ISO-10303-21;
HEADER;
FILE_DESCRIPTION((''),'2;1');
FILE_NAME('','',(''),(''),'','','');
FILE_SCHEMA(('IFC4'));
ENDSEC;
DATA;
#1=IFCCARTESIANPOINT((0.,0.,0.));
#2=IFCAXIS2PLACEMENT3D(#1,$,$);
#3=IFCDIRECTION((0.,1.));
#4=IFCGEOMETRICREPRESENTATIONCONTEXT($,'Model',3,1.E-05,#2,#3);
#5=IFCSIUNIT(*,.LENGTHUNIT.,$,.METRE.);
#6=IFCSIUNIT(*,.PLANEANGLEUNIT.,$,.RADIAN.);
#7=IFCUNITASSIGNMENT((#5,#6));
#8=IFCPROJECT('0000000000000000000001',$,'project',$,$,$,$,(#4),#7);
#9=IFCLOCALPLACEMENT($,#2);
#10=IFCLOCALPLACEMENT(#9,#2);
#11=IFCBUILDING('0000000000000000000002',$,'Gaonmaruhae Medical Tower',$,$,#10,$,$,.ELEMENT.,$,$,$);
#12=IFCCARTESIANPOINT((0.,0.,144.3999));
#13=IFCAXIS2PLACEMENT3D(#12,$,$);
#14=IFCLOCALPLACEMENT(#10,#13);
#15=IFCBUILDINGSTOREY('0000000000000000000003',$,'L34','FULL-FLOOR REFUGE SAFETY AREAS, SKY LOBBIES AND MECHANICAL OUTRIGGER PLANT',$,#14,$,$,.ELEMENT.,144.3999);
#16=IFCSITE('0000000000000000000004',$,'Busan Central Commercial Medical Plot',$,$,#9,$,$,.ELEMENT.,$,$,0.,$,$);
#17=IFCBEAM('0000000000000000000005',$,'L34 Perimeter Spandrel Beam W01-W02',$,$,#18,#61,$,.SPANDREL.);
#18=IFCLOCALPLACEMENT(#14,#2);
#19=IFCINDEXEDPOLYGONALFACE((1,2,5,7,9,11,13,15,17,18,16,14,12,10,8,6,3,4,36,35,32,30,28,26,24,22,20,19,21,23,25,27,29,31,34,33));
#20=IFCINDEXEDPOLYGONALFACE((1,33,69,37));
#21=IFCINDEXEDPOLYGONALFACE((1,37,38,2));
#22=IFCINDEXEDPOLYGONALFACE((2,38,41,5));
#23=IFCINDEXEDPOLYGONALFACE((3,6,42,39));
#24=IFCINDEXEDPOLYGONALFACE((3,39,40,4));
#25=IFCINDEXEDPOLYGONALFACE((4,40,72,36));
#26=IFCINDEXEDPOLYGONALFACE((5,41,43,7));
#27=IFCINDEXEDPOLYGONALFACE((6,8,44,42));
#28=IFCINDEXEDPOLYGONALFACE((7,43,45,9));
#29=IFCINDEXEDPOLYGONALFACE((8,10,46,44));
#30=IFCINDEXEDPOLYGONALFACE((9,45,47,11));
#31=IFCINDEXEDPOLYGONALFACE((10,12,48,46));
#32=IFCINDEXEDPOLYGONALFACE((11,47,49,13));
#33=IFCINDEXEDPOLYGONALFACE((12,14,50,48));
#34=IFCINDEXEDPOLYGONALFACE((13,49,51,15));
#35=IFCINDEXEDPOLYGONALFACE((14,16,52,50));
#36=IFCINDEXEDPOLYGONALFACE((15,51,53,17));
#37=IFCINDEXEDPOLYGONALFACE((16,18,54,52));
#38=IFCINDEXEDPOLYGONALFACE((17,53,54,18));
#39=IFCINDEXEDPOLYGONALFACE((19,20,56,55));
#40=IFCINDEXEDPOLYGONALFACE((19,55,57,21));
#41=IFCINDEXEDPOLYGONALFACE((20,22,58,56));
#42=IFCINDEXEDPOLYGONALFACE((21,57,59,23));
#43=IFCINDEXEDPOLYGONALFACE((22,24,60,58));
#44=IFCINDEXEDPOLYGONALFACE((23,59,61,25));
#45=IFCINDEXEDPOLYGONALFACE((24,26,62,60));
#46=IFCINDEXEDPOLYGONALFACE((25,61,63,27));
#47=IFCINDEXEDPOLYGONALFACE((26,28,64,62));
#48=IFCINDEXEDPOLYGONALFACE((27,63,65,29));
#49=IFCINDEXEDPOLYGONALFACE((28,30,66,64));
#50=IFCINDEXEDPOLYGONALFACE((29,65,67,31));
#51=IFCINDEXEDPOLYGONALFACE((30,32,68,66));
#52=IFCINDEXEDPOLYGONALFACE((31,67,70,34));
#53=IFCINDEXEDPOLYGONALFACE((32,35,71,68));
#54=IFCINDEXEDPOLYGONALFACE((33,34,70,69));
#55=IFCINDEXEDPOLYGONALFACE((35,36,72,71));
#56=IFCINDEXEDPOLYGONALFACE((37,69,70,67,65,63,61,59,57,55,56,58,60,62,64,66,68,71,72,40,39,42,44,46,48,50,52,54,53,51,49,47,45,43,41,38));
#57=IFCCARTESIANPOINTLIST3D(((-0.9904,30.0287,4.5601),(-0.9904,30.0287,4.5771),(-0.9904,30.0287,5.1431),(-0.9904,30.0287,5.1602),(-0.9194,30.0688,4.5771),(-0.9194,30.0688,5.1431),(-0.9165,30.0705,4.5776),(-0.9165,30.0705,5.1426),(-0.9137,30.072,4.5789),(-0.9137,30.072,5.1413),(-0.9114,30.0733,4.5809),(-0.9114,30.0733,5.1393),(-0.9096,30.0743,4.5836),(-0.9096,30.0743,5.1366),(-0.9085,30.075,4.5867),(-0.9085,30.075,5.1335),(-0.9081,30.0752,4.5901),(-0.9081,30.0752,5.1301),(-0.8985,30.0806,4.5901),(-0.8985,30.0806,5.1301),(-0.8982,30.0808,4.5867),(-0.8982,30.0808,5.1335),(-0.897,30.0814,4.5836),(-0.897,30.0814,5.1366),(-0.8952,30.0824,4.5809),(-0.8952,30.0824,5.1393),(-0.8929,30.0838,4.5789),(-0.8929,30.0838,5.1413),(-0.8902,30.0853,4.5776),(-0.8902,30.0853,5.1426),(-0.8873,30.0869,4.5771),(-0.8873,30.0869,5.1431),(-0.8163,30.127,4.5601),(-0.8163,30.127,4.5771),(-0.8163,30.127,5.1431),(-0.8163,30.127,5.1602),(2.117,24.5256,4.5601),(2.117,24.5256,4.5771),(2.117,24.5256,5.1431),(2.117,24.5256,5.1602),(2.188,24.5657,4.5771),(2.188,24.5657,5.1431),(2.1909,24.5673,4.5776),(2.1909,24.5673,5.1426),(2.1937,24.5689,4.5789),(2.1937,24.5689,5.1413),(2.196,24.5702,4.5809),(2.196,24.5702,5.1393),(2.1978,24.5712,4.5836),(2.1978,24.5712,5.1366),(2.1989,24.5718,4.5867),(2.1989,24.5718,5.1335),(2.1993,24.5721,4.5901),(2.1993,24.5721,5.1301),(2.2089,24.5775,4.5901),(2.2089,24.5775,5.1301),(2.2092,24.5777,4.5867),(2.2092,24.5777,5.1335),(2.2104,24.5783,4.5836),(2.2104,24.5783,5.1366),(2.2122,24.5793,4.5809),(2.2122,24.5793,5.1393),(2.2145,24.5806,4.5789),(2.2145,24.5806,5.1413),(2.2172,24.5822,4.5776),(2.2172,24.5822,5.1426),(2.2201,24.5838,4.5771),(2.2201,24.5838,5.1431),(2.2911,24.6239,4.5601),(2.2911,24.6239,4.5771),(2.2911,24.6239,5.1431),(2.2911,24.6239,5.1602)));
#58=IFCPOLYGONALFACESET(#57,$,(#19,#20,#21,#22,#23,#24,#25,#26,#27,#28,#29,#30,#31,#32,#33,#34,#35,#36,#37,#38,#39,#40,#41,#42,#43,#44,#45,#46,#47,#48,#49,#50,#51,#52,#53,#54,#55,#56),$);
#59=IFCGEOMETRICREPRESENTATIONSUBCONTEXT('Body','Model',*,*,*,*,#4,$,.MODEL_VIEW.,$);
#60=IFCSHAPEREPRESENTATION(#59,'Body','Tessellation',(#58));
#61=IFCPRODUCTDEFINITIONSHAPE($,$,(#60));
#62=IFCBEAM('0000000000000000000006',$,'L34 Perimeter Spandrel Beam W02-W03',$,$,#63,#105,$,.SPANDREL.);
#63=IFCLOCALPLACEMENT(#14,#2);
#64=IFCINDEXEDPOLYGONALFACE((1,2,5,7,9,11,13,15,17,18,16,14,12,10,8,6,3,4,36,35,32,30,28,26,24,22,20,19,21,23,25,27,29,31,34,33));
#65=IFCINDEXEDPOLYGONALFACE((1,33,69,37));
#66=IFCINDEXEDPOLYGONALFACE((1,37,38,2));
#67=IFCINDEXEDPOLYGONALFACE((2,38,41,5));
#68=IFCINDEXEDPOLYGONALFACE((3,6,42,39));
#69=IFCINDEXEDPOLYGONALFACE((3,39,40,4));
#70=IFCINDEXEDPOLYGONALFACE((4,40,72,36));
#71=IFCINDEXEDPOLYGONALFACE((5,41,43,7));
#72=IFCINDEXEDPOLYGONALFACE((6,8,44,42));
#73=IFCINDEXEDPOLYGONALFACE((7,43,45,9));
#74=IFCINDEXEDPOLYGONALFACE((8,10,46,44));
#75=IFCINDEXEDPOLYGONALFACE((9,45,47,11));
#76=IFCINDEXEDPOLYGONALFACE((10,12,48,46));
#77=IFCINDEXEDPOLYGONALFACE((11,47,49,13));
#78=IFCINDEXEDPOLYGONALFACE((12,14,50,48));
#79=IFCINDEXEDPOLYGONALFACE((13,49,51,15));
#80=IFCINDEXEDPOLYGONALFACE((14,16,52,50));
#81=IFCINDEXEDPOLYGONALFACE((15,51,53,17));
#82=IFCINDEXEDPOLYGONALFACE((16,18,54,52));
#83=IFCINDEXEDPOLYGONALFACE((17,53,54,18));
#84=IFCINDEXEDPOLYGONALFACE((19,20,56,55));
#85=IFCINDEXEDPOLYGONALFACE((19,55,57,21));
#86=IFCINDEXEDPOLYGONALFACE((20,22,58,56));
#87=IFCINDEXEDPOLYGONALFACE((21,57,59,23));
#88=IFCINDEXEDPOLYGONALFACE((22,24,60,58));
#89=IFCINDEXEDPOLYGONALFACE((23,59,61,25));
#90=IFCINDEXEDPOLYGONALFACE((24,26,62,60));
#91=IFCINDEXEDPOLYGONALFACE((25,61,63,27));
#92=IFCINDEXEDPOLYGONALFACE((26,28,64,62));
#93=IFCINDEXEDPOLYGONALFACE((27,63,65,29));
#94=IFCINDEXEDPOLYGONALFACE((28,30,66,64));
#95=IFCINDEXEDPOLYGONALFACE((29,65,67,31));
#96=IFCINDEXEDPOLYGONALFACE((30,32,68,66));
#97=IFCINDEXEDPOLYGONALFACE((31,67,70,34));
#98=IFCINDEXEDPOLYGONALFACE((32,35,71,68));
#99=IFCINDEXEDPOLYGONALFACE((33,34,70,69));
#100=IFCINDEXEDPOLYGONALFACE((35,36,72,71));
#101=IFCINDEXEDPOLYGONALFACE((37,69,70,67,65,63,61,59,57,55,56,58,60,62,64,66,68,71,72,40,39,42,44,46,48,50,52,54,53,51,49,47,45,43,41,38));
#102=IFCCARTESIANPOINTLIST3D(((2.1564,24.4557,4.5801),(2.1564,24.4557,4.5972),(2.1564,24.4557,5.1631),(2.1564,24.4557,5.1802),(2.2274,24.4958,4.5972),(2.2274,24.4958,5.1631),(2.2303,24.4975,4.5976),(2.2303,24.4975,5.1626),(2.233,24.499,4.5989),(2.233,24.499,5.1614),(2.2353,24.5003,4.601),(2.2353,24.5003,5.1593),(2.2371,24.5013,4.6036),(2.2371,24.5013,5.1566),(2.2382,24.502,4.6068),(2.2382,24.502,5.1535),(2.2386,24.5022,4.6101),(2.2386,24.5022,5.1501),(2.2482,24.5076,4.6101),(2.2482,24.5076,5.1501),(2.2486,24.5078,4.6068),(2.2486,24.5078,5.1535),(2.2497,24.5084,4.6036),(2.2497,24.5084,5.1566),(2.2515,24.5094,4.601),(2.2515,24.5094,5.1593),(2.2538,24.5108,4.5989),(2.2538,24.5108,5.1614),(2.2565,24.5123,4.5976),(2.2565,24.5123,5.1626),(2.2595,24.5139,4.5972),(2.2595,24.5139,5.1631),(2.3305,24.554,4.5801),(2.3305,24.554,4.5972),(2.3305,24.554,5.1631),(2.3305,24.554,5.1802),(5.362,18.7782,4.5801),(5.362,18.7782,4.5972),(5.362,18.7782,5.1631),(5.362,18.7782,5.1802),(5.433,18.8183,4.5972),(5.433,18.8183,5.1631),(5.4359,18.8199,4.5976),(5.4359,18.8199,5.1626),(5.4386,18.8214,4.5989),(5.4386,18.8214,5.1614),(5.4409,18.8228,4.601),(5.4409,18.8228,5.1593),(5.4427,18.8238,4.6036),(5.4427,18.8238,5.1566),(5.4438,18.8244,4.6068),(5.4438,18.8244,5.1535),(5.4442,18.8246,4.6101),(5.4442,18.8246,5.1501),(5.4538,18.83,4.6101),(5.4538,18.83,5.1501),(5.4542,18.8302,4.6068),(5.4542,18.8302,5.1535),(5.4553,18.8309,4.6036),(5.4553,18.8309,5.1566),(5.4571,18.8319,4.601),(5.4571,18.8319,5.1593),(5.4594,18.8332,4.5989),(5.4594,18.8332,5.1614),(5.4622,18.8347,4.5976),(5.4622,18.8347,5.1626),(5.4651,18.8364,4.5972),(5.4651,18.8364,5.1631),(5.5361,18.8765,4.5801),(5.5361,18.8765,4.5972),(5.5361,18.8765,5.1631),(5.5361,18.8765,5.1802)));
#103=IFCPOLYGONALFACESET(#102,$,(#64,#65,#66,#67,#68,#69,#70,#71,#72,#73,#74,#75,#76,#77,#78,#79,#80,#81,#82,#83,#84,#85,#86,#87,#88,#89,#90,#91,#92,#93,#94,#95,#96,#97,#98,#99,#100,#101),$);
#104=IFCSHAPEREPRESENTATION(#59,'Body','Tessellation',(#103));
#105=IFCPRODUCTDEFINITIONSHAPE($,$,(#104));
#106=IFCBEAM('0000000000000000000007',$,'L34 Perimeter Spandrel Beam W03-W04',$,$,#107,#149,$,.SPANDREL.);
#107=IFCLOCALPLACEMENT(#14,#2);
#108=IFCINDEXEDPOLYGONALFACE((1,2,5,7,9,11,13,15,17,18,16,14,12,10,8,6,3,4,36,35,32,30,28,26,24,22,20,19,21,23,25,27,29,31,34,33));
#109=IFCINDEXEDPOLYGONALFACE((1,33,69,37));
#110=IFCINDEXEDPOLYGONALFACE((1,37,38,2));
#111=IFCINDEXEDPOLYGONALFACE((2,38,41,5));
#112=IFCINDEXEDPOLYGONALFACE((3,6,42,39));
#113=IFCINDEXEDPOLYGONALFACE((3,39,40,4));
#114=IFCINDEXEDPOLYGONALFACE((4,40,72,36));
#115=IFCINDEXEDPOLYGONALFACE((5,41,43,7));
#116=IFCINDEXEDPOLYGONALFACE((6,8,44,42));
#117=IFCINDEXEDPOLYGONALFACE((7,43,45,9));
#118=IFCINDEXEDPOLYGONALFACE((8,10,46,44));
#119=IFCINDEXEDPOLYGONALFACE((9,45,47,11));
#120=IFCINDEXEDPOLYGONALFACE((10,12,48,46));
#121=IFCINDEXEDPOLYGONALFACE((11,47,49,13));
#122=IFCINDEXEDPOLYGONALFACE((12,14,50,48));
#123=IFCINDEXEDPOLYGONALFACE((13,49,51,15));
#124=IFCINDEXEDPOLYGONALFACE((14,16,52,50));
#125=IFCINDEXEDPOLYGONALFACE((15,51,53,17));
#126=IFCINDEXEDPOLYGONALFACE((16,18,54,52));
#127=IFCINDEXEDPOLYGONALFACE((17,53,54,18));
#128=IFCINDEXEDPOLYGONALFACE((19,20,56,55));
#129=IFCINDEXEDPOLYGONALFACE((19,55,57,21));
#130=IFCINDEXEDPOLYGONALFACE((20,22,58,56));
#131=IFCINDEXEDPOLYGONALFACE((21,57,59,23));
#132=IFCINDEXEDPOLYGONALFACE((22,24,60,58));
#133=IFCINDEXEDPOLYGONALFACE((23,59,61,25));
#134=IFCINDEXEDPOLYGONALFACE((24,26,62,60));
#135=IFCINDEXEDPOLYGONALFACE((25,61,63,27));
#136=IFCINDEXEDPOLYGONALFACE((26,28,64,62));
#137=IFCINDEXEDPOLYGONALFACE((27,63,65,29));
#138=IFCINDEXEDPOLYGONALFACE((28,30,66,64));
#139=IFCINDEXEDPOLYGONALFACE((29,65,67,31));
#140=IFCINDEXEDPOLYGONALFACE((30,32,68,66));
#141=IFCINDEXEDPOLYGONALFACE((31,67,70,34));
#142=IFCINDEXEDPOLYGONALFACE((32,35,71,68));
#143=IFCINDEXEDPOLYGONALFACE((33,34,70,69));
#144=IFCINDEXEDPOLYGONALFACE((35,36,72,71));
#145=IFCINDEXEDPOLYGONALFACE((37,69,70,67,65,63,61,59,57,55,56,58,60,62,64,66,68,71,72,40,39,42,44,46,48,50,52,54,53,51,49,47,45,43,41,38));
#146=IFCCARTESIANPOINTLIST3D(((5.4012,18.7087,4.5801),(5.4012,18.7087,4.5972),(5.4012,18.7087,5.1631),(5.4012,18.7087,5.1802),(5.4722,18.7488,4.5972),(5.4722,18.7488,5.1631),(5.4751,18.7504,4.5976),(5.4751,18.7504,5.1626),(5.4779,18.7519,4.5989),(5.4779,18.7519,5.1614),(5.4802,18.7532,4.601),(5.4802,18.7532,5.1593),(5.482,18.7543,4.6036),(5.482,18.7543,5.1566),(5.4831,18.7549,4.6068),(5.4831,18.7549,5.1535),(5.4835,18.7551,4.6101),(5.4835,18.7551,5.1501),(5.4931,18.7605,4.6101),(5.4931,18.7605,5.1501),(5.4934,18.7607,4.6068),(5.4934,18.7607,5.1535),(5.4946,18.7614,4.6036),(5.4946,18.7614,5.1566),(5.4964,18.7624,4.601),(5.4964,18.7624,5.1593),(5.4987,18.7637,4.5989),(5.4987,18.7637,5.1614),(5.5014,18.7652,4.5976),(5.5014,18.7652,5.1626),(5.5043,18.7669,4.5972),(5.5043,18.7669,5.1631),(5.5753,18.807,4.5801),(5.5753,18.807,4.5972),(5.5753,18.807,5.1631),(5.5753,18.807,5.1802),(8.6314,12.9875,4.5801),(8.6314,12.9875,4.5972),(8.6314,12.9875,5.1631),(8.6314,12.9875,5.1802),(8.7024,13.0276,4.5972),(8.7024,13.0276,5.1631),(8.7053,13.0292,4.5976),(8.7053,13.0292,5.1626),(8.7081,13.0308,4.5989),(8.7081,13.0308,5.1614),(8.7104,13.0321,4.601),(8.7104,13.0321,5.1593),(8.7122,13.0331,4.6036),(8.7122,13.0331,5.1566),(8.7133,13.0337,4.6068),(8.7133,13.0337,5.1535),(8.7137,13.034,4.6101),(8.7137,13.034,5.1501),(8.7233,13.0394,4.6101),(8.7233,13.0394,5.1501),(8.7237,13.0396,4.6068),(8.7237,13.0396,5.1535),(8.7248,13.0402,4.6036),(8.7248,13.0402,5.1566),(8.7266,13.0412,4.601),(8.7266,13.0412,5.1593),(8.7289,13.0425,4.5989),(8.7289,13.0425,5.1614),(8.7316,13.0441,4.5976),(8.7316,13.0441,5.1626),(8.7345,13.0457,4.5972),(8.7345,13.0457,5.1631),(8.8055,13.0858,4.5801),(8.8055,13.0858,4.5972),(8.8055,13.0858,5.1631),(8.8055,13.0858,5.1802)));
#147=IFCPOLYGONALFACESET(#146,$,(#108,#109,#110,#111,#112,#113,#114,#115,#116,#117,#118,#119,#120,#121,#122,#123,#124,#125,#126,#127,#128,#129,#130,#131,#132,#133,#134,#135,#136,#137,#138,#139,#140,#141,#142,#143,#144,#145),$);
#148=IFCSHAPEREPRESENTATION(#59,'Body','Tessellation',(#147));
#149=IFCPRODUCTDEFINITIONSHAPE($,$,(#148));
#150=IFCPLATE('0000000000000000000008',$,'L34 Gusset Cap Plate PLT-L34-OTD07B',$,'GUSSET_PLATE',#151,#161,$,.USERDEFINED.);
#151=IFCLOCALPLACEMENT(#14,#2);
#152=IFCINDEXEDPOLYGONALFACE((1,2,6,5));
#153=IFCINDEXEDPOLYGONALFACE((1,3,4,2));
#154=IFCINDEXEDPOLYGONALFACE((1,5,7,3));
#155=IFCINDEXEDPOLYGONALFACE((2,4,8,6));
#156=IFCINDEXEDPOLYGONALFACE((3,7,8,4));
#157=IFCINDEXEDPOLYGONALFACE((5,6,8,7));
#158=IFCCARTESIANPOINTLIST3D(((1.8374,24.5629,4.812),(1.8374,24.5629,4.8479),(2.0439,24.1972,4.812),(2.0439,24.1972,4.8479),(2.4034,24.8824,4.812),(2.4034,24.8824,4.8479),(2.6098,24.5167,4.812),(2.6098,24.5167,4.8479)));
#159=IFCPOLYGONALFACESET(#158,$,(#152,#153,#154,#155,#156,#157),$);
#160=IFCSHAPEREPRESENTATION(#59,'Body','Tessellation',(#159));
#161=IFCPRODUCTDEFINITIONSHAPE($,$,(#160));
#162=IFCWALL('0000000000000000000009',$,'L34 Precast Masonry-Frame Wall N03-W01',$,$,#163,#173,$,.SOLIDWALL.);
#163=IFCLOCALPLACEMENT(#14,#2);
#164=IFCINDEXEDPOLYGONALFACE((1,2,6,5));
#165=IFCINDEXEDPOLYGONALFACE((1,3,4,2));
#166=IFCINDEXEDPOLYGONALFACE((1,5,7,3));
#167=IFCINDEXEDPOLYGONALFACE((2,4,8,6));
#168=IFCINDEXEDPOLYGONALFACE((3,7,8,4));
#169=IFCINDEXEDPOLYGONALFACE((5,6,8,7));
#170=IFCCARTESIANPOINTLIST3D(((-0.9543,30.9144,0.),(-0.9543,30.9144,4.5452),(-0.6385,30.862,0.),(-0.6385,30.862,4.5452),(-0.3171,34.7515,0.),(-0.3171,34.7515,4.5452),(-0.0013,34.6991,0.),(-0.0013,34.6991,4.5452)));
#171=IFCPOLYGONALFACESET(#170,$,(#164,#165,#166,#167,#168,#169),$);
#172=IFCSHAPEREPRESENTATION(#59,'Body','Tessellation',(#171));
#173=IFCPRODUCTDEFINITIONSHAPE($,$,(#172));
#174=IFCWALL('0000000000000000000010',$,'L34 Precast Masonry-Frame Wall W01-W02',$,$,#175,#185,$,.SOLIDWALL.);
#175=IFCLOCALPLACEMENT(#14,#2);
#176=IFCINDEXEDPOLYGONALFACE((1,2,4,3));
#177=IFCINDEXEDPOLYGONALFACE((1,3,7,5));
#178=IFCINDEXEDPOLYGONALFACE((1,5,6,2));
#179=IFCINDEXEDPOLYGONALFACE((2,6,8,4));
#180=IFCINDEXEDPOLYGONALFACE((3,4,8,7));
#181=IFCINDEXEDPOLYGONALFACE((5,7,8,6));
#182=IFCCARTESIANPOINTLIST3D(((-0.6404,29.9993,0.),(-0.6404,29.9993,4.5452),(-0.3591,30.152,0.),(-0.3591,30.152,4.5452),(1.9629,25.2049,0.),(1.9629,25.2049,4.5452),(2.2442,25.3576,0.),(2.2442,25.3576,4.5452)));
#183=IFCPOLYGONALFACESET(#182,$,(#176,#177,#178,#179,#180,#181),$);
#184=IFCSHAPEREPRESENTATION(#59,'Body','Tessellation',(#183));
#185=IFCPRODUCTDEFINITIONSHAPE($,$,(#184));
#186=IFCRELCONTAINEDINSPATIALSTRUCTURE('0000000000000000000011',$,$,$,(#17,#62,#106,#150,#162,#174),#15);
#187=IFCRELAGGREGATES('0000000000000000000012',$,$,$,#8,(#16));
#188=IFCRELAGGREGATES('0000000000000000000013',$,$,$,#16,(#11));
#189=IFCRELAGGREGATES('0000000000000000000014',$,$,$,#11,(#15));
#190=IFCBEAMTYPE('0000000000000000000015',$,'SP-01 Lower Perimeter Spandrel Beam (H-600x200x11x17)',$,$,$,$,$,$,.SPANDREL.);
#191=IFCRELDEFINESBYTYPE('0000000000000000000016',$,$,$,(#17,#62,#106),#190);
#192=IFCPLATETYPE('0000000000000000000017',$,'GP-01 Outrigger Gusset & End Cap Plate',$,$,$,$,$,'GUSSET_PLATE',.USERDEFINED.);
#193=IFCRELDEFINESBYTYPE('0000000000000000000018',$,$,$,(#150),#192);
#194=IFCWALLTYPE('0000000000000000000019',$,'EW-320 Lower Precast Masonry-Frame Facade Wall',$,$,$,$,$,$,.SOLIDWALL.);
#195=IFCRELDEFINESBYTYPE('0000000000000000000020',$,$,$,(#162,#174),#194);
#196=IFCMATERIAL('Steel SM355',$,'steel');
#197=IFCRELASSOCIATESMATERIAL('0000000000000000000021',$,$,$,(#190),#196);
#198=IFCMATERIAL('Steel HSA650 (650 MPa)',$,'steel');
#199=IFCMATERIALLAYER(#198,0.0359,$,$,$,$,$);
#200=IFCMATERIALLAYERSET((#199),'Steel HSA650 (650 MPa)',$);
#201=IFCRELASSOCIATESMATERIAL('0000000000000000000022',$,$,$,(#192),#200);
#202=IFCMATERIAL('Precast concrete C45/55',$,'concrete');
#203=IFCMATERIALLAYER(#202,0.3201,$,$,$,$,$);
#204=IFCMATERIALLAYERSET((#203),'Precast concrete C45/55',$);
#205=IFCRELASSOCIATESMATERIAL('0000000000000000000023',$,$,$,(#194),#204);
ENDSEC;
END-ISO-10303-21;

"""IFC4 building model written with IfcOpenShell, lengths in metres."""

from ifc_helpers import new_model, si_unit, direction, frame, frame_2d, origin, origin_2d, place, context, subcontext, project, spatial, rectangle, i_section, extrude, material, layer, layer_set, material_profile, profile_set, type_object, element, save


model = new_model("IFC4")

# Units and contexts
model_context = context("Model", 3, precision=1e-05, world=origin(), true_north=direction((0.0, 1.0)))
body_context = subcontext(model_context, "Body", "Model", "MODEL_VIEW")
ifc_project = project(units=[si_unit("LENGTHUNIT", "METRE"), si_unit("PLANEANGLEUNIT", "RADIAN")], contexts=[model_context])

# Site, building, storey
site_placement = place(None, origin())
site = spatial("IfcSite", under=ifc_project, at=site_placement, Name="Busan Central Commercial Medical Plot", CompositionType="ELEMENT", RefElevation=0.0)
building_placement = place(site_placement, origin())
building = spatial("IfcBuilding", under=site, at=building_placement, Name="Gaonmaruhae Medical Tower", CompositionType="ELEMENT")
storey_placement = place(building_placement, frame((0.0, 0.0, 144.3999)))
storey = spatial("IfcBuildingStorey", under=building, at=storey_placement, Name="L34", Description="FULL-FLOOR REFUGE SAFETY AREAS, SKY LOBBIES AND MECHANICAL OUTRIGGER PLANT", CompositionType="ELEMENT", Elevation=144.3999)

# Beams
ifc_material_1 = material(Name="Steel SM355", Category="steel")
ifc_material_profile_1 = material_profile(ifc_material_1, i_section(OverallWidth=0.2, OverallDepth=0.6001, WebThickness=0.011, FlangeThickness=0.0171, FilletRadius=0.0129, at=origin_2d()), Name="H-600x200x11x17")
ifc_profile_set_1 = profile_set([ifc_material_profile_1], Name="Steel SM355")
beam_type_1 = type_object("IfcBeamType", Name="SP-01 Lower Perimeter Spandrel Beam (H-600x200x11x17)", PredefinedType="SPANDREL", material=ifc_profile_set_1)
beam_1_placement = place(storey_placement, frame((-0.9033, 30.0779, 4.8601), z_axis=(0.491689, -0.870771, 0.0), x_axis=(0.870771, 0.491689, 0.0)))
element("IfcBeam", 1, at=beam_1_placement, inside=storey, type_object=beam_type_1, Name="L34 Perimeter Spandrel Beam W01-W02", PredefinedType="SPANDREL", context=body_context, shape_type="SweptSolid", body=[
    extrude(i_section(OverallWidth=0.2, OverallDepth=0.6001, WebThickness=0.011, FlangeThickness=0.0171, FilletRadius=0.0129, at=origin_2d()), origin(), (0.0, 0.0, 1.0), 6.3198),
])
beam_2_placement = place(storey_placement, frame((2.2434, 24.5049, 4.8801), z_axis=(0.491656, -0.870789, 0.0), x_axis=(0.870789, 0.491656, 0.0)))
element("IfcBeam", 2, at=beam_2_placement, inside=storey, type_object=beam_type_1, Name="L34 Perimeter Spandrel Beam W02-W03", PredefinedType="SPANDREL", context=body_context, shape_type="SweptSolid", body=[
    extrude(i_section(OverallWidth=0.2, OverallDepth=0.6001, WebThickness=0.011, FlangeThickness=0.0171, FilletRadius=0.0129, at=origin_2d()), origin(), (0.0, 0.0, 1.0), 6.52),
])
beam_3_placement = place(storey_placement, frame((5.4883, 18.7578, 4.8801), z_axis=(0.491654, -0.87079, 0.0), x_axis=(0.87079, 0.491654, 0.0)))
element("IfcBeam", 3, at=beam_3_placement, inside=storey, type_object=beam_type_1, Name="L34 Perimeter Spandrel Beam W03-W04", PredefinedType="SPANDREL", context=body_context, shape_type="SweptSolid", body=[
    extrude(i_section(OverallWidth=0.2, OverallDepth=0.6001, WebThickness=0.011, FlangeThickness=0.0171, FilletRadius=0.0129, at=origin_2d()), origin(), (0.0, 0.0, 1.0), 6.5701),
])

# Plate
ifc_material_2 = material(Name="Steel HSA650 (650 MPa)", Category="steel")
ifc_layer_1 = layer(ifc_material_2, 0.0359)
ifc_layer_set_1 = layer_set([ifc_layer_1], Name="Steel HSA650 (650 MPa)")
plate_type = type_object("IfcPlateType", Name="GP-01 Outrigger Gusset & End Cap Plate", ElementType="GUSSET_PLATE", PredefinedType="USERDEFINED", material=ifc_layer_set_1)
plate_placement = place(storey_placement, frame((2.2236, 24.5398, 4.812), z_axis=(0.0, 0.0, 1.0), x_axis=(0.870785, 0.491664, 0.0)))
element("IfcPlate", 4, at=plate_placement, inside=storey, type_object=plate_type, Name="L34 Gusset Cap Plate PLT-L34-OTD07B", ObjectType="GUSSET_PLATE", PredefinedType="USERDEFINED", context=body_context, shape_type="SweptSolid", body=[
    extrude(rectangle(XDim=0.6499, YDim=0.4199, at=origin_2d()), origin(), (0.0, 0.0, 1.0), 0.0359),
])

# Walls
ifc_material_3 = material(Name="Precast concrete C45/55", Category="concrete")
ifc_layer_2 = layer(ifc_material_3, 0.3201)
ifc_layer_set_2 = layer_set([ifc_layer_2], Name="Precast concrete C45/55")
wall_type_1 = type_object("IfcWallType", Name="EW-320 Lower Precast Masonry-Frame Facade Wall", PredefinedType="SOLIDWALL", material=ifc_layer_set_2)
wall_1_placement = place(storey_placement, frame((-0.7964, 30.8882, 0.0), z_axis=(0.0, 0.0, 1.0), x_axis=(0.163819, 0.98649, 0.0)))
element("IfcWall", 5, at=wall_1_placement, inside=storey, type_object=wall_type_1, Name="L34 Precast Masonry-Frame Wall N03-W01", PredefinedType="SOLIDWALL", context=body_context, shape_type="SweptSolid", body=[
    extrude(rectangle(XDim=3.8896, YDim=0.3201, at=frame_2d((1.9448, 0.0))), origin(), (0.0, 0.0, 1.0), 4.5452),
])
wall_2_placement = place(storey_placement, frame((2.1035, 25.2812, 0.0), z_axis=(0.0, 0.0, 1.0), x_axis=(-0.477174, 0.878809, 0.0)))
element("IfcWall", 6, at=wall_2_placement, inside=storey, type_object=wall_type_1, Name="L34 Precast Masonry-Frame Wall W01-W02", PredefinedType="SOLIDWALL", context=body_context, shape_type="SweptSolid", body=[
    extrude(rectangle(XDim=5.4556, YDim=0.3201, at=frame_2d((2.7278, 0.0))), origin(), (0.0, 0.0, 1.0), 4.5452),
])

save(model, "model.ifc")
